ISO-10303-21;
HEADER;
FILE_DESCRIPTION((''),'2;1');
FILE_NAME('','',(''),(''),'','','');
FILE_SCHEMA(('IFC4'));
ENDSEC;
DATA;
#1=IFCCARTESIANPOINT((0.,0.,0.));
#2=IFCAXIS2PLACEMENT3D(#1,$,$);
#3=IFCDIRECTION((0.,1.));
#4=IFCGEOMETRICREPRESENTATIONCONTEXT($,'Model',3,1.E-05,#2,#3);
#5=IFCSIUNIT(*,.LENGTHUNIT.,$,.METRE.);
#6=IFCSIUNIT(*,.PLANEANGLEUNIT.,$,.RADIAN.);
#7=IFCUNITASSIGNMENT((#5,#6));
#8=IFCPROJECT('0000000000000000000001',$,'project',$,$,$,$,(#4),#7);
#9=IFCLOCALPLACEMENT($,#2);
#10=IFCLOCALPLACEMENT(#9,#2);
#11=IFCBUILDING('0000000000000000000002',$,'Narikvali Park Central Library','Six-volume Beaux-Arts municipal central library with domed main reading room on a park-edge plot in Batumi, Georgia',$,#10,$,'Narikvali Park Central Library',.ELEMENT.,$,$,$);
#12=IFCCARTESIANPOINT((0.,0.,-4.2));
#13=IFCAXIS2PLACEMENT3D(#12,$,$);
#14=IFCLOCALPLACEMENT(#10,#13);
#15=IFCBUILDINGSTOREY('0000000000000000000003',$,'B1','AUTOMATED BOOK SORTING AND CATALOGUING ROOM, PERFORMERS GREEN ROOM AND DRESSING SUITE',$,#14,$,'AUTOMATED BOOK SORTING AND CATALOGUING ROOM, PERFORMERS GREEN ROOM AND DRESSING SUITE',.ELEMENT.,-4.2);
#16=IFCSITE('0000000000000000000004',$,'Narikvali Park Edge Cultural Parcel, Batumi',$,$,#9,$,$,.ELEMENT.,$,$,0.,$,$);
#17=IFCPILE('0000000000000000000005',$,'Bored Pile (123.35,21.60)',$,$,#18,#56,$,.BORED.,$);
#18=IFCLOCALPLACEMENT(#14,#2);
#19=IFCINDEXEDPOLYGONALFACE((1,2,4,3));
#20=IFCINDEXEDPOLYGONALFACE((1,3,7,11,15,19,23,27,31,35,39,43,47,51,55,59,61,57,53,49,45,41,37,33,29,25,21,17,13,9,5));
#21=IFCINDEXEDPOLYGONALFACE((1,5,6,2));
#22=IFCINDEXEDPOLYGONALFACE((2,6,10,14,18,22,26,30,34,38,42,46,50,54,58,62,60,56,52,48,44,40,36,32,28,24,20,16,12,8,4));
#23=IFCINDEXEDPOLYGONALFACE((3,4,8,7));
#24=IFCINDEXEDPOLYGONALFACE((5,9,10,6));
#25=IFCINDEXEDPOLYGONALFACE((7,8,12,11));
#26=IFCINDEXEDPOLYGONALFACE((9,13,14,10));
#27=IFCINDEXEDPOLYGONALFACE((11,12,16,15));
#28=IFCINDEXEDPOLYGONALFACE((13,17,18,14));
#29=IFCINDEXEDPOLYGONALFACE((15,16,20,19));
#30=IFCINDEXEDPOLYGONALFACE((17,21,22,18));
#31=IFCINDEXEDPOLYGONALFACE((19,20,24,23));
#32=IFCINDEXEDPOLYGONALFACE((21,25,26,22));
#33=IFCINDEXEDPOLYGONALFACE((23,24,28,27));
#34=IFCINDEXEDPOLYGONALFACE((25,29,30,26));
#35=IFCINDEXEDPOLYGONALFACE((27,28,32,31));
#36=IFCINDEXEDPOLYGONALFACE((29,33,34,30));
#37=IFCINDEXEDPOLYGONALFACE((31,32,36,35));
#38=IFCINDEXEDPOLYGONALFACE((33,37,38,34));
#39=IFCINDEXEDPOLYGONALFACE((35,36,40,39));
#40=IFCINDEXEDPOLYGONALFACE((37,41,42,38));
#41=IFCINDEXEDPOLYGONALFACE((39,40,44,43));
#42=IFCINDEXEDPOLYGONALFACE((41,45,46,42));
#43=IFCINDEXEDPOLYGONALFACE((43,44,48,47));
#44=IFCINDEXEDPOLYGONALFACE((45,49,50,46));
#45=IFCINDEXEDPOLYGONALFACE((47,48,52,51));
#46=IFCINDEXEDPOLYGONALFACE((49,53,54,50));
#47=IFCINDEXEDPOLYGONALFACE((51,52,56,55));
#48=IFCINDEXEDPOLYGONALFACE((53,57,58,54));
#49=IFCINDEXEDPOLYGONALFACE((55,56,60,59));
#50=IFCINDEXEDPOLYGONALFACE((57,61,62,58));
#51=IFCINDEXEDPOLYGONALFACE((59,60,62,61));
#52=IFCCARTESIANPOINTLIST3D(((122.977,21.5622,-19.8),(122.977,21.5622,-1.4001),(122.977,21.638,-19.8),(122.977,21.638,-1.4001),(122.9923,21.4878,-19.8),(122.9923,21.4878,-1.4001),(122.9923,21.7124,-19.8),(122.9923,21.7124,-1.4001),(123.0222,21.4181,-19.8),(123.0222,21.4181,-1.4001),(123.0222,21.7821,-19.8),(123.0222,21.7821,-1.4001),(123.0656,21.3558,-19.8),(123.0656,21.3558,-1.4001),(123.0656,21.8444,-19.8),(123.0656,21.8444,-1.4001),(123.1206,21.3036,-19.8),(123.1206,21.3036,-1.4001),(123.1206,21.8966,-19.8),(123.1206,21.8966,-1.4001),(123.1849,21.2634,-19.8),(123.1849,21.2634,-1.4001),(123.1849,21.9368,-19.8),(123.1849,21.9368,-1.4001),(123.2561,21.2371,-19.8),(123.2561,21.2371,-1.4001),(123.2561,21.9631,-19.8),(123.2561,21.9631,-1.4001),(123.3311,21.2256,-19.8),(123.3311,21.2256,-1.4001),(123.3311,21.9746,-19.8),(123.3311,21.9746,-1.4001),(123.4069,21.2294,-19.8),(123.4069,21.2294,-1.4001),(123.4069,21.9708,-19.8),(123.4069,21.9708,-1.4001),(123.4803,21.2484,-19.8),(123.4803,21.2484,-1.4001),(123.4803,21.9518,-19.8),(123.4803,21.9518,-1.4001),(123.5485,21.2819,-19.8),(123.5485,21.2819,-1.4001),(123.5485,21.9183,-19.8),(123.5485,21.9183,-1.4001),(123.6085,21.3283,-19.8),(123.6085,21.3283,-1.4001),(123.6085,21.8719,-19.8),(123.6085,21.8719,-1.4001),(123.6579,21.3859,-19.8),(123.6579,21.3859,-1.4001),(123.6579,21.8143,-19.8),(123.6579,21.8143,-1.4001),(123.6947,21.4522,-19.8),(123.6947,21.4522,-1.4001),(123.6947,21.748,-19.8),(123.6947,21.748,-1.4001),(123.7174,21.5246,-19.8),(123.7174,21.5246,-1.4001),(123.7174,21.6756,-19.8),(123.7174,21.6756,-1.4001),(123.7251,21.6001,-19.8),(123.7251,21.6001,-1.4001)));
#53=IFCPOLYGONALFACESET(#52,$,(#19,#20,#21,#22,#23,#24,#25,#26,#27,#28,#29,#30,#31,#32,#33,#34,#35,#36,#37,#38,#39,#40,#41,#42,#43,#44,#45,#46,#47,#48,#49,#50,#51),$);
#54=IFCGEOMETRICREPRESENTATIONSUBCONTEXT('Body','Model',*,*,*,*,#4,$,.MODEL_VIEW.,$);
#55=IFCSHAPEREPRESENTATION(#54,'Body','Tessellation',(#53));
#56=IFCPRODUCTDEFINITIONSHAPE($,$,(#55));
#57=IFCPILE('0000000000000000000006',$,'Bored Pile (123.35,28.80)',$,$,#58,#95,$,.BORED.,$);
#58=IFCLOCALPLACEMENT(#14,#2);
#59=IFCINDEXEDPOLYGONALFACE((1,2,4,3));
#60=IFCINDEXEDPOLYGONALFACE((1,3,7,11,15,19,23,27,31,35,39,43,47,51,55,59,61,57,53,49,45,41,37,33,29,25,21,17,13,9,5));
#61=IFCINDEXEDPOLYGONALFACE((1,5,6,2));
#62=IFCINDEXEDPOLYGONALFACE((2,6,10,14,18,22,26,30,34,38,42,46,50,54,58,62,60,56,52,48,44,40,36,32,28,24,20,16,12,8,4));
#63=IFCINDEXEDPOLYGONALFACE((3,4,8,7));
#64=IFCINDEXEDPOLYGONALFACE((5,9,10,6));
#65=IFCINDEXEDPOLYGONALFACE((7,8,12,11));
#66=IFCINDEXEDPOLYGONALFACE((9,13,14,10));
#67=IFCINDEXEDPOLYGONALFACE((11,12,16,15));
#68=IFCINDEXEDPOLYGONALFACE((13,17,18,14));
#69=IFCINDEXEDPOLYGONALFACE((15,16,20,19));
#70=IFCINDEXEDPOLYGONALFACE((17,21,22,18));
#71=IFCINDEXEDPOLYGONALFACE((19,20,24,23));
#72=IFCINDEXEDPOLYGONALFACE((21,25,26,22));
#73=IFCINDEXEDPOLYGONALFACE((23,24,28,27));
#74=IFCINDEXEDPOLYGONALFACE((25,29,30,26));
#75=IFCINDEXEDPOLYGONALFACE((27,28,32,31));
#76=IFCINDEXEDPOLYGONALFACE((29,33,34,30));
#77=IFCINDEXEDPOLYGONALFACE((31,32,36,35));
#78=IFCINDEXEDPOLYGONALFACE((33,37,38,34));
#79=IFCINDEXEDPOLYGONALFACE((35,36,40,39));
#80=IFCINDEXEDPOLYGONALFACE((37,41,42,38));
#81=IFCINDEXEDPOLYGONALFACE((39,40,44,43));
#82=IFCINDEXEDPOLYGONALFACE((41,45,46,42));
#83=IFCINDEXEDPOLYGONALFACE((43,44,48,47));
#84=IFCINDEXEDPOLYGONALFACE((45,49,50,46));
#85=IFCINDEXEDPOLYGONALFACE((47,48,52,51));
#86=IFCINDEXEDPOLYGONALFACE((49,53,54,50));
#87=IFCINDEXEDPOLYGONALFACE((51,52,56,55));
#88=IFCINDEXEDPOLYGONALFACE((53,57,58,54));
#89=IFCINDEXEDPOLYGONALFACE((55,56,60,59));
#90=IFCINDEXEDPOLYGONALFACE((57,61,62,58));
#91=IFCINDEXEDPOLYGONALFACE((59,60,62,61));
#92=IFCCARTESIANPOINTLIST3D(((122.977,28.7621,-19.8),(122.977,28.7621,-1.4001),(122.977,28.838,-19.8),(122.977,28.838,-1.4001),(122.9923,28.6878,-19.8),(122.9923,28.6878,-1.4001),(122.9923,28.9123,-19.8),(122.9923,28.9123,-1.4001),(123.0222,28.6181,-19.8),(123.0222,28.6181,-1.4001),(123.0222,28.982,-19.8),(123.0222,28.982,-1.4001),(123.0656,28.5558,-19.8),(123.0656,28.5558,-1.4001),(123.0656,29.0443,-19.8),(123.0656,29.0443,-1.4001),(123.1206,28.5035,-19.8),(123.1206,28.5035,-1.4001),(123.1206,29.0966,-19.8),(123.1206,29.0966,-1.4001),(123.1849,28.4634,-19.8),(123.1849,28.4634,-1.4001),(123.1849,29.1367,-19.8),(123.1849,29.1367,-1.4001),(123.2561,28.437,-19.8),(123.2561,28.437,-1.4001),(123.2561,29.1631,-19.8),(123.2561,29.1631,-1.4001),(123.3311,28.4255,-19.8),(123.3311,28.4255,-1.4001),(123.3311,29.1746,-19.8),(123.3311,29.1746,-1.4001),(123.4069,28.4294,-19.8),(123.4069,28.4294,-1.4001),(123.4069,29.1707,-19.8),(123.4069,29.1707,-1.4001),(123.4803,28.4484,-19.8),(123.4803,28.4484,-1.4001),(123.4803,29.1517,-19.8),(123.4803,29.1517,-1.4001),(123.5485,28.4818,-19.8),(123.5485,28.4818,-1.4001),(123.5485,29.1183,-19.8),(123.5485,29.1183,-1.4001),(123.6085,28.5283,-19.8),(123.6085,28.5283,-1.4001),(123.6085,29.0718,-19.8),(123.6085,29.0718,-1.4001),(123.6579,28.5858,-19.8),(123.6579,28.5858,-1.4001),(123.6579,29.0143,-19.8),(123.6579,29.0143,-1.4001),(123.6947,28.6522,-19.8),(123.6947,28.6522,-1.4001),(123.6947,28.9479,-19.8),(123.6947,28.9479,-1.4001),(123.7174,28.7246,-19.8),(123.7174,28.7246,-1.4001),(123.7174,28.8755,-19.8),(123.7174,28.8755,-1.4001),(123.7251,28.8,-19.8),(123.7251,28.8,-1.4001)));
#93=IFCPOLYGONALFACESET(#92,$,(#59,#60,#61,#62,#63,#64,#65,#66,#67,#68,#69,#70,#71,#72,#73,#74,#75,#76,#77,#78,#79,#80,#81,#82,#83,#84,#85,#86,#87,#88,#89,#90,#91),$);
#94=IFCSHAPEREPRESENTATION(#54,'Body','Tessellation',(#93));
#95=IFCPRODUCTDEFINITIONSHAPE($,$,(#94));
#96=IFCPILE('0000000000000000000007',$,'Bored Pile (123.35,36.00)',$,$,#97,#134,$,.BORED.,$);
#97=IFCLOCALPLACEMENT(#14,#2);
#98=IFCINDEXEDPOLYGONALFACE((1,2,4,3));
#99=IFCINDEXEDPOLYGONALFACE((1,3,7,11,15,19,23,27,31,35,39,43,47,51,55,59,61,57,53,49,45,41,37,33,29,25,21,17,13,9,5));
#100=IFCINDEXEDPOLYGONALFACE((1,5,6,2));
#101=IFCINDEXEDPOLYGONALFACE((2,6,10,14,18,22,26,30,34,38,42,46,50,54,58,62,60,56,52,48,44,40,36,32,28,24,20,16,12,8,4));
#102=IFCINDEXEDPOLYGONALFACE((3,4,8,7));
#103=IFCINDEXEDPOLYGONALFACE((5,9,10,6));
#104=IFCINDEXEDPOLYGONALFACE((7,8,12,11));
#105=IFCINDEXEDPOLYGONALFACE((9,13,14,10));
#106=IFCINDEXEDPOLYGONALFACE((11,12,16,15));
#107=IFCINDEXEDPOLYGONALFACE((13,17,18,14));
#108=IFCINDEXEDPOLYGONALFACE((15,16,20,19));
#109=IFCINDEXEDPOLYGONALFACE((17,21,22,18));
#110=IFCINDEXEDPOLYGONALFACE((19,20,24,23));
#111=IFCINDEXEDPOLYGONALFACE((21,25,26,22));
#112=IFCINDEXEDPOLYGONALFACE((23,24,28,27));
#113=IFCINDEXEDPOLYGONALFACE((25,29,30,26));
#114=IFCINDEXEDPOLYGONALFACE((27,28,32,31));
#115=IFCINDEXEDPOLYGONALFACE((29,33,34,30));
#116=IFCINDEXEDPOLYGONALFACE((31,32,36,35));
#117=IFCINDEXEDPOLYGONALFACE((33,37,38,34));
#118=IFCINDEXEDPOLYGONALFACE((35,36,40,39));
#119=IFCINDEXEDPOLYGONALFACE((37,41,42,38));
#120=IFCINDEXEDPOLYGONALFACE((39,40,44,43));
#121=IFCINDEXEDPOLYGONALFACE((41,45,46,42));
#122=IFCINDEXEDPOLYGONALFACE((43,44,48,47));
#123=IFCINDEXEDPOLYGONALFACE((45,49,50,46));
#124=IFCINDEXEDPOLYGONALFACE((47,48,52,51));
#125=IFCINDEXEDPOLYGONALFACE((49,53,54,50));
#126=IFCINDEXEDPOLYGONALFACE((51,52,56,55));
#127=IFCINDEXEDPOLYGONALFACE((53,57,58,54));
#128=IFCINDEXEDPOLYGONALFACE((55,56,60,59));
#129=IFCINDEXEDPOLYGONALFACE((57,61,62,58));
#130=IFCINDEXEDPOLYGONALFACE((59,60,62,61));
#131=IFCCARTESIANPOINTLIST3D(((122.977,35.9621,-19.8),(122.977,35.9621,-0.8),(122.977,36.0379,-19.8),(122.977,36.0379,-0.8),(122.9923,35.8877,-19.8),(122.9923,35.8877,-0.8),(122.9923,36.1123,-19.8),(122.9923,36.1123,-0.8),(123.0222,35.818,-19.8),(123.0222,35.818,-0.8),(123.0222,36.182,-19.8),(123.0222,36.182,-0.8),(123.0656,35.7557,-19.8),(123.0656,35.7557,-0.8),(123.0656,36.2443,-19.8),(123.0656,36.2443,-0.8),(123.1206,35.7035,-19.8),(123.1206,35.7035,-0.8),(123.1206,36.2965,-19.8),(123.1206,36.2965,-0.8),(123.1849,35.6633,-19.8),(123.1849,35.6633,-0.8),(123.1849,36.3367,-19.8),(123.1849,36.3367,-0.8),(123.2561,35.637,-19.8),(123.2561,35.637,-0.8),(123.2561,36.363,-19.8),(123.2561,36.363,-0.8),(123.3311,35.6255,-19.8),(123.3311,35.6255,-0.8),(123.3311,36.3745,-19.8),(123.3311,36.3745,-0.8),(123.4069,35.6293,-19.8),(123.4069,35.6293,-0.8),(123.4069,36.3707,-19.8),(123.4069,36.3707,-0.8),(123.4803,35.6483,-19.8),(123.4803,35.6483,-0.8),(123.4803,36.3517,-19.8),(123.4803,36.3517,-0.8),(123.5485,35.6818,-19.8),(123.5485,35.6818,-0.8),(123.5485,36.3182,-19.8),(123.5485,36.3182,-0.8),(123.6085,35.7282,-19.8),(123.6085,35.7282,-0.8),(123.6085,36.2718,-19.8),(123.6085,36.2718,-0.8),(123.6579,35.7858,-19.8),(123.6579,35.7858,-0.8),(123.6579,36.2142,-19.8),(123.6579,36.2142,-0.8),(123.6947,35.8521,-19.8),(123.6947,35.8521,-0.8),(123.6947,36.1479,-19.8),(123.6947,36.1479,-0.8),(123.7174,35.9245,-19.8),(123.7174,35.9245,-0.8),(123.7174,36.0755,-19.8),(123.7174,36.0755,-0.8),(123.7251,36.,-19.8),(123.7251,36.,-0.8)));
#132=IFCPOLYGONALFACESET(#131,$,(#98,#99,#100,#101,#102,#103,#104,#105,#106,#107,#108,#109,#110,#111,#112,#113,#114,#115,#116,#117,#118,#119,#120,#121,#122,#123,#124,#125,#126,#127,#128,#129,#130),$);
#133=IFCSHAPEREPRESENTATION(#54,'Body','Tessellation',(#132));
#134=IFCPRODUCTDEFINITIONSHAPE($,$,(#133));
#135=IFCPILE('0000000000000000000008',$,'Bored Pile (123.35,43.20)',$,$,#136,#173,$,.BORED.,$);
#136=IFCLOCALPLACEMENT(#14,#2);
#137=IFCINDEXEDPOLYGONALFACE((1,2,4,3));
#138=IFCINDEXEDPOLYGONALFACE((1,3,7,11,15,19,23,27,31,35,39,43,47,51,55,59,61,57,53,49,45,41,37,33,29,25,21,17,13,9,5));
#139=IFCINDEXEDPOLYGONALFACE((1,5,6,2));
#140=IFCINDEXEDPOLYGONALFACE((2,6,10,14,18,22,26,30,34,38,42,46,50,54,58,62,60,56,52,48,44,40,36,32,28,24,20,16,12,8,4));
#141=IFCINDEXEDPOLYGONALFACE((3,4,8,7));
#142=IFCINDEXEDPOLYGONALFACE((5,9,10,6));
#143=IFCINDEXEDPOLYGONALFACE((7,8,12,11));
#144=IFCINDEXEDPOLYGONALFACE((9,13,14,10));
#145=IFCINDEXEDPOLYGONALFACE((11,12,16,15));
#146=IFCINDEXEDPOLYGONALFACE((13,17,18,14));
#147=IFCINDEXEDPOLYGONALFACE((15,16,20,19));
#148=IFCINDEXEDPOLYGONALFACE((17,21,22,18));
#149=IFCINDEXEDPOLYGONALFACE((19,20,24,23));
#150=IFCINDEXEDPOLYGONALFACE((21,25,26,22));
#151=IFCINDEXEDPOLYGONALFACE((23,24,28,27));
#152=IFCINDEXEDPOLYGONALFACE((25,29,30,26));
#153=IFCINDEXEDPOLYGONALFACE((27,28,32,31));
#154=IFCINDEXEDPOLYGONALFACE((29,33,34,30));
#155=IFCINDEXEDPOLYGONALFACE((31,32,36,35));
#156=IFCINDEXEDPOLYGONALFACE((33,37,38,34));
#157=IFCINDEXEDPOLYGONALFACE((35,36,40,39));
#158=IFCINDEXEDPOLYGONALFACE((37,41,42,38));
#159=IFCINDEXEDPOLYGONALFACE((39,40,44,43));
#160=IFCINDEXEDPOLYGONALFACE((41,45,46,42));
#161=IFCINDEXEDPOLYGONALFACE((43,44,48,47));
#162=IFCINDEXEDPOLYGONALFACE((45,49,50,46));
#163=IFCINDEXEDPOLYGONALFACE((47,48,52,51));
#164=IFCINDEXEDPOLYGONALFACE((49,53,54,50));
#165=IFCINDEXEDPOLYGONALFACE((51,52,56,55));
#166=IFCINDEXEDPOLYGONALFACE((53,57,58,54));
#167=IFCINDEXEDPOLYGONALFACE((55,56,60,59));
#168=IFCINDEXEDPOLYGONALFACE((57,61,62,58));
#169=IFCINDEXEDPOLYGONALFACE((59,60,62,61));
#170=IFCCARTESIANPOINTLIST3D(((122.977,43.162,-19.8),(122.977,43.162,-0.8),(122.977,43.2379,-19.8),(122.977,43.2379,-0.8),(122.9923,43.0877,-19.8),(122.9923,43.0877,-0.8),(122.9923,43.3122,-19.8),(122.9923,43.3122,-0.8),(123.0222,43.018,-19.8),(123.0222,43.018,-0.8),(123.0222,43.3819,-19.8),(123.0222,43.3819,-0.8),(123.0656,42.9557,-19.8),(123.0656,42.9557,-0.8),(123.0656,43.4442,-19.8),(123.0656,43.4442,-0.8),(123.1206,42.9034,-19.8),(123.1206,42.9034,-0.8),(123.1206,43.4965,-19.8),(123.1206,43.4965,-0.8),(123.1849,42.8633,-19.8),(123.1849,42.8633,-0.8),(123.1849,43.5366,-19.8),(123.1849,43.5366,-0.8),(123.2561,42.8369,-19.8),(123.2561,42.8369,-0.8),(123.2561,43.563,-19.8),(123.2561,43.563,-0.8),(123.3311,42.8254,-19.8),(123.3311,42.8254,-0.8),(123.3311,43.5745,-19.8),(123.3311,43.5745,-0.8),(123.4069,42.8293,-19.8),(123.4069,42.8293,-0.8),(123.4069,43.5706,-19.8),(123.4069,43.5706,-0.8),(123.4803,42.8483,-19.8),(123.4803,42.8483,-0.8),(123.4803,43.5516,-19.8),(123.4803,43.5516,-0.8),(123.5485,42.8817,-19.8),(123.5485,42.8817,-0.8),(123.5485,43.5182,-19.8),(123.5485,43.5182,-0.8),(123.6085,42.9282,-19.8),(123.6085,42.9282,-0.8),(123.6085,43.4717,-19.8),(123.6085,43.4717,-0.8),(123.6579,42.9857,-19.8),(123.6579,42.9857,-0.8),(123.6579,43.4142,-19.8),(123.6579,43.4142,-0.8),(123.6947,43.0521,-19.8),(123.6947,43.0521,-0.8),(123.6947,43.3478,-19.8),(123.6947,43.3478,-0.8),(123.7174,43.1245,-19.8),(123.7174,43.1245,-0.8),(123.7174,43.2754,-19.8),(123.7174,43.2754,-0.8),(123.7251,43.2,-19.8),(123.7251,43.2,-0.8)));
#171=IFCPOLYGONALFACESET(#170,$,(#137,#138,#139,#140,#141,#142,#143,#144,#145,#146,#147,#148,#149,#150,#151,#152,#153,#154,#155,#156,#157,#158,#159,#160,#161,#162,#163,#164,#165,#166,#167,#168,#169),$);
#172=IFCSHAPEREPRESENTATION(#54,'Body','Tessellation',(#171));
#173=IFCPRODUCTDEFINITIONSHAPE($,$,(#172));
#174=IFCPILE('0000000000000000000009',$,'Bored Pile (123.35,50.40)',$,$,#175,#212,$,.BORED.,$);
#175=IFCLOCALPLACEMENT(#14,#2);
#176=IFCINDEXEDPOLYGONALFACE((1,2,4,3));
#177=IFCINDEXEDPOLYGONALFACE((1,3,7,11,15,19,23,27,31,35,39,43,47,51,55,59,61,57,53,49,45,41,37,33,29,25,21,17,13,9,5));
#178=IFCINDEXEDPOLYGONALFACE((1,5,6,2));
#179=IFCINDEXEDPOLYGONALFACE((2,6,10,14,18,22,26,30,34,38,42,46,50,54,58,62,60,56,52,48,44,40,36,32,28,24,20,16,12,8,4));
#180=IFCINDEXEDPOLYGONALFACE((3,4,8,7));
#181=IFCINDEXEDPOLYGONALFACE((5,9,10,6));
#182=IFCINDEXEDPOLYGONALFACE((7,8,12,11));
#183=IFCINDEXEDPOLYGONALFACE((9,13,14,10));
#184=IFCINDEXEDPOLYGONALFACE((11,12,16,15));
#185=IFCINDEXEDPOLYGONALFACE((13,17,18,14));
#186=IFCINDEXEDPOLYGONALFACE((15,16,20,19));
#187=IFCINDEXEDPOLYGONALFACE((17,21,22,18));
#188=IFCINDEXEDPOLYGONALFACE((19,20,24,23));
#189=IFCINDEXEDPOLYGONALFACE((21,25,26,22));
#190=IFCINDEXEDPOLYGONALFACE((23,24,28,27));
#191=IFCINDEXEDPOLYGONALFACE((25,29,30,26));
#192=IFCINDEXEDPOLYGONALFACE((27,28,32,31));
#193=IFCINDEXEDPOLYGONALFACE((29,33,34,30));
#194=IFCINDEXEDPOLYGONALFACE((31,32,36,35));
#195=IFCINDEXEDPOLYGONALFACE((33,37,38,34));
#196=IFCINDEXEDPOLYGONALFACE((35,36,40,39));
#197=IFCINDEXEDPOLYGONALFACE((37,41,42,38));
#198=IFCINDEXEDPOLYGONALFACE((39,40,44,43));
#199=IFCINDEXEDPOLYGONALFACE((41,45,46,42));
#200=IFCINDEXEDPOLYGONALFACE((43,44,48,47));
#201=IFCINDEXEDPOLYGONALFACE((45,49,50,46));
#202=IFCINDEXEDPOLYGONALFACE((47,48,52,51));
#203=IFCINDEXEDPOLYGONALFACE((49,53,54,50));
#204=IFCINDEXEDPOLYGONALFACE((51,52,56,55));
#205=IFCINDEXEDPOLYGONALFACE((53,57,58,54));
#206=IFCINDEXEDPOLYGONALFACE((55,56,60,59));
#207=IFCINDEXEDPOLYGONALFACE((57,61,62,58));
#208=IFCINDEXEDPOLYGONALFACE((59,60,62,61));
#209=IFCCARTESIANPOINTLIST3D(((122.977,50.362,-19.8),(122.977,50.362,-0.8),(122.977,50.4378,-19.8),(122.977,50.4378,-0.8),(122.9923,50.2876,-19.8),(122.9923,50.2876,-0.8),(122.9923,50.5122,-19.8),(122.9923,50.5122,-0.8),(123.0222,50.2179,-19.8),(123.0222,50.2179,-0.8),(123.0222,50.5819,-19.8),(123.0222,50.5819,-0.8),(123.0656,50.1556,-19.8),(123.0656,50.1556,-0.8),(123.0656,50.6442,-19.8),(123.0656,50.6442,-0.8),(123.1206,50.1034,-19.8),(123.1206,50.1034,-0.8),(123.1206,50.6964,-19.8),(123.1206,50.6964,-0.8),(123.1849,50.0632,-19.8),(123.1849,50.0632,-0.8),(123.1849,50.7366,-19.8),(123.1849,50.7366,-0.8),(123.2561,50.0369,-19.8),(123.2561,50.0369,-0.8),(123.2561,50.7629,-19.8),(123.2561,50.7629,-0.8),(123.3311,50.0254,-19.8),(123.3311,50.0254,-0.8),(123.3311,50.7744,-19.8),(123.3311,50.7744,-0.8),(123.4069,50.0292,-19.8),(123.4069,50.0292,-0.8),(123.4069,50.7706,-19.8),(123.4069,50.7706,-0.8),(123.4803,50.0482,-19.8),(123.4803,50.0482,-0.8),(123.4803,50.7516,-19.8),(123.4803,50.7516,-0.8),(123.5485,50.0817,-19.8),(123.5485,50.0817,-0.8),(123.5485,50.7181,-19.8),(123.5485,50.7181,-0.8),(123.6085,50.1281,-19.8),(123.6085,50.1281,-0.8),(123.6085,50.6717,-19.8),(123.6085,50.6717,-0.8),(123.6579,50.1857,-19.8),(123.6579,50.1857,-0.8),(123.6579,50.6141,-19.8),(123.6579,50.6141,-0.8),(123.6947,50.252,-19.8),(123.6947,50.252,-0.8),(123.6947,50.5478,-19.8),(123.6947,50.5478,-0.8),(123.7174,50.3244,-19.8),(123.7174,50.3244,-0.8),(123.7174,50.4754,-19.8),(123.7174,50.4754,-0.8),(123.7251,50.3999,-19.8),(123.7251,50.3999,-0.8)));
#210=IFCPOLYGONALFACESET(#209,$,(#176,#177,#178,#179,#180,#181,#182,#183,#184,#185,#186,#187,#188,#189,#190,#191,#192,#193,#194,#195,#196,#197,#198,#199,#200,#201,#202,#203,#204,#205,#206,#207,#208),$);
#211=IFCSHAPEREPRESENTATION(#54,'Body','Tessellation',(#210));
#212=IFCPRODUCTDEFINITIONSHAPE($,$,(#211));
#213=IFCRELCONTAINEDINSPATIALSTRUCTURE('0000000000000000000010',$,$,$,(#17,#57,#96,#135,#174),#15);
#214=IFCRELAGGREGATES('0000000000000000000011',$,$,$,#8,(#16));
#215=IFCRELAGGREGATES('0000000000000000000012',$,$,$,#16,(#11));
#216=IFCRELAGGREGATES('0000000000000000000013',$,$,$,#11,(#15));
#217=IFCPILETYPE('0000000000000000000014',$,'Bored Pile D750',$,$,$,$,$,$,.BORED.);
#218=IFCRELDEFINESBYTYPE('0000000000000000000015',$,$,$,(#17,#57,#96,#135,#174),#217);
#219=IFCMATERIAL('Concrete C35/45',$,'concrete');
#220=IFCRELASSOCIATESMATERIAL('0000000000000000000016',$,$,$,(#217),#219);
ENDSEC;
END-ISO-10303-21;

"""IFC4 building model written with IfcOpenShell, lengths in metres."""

from ifc_helpers import new_model, si_unit, direction, frame, origin, origin_2d, place, context, subcontext, project, spatial, circle, extrude, material, material_profile, profile_set, type_object, element, save


model = new_model("IFC4")

# Units and contexts
model_context = context("Model", 3, precision=1e-05, world=origin(), true_north=direction((0.0, 1.0)))
body_context = subcontext(model_context, "Body", "Model", "MODEL_VIEW")
ifc_project = project(units=[si_unit("LENGTHUNIT", "METRE"), si_unit("PLANEANGLEUNIT", "RADIAN")], contexts=[model_context])

# Site, building, storey
site_placement = place(None, origin())
site = spatial("IfcSite", under=ifc_project, at=site_placement, Name="Narikvali Park Edge Cultural Parcel, Batumi", CompositionType="ELEMENT", RefElevation=0.0)
building_placement = place(site_placement, origin())
building = spatial("IfcBuilding", under=site, at=building_placement, Name="Narikvali Park Central Library", Description="Six-volume Beaux-Arts municipal central library with domed main reading room on a park-edge plot in Batumi, Georgia", LongName="Narikvali Park Central Library", CompositionType="ELEMENT")
storey_placement = place(building_placement, frame((0.0, 0.0, -4.2)))
storey = spatial("IfcBuildingStorey", under=building, at=storey_placement, Name="B1", Description="AUTOMATED BOOK SORTING AND CATALOGUING ROOM, PERFORMERS GREEN ROOM AND DRESSING SUITE", LongName="AUTOMATED BOOK SORTING AND CATALOGUING ROOM, PERFORMERS GREEN ROOM AND DRESSING SUITE", CompositionType="ELEMENT", Elevation=-4.2)

# Piles
ifc_material_1 = material(Name="Concrete C35/45", Category="concrete")
ifc_material_profile_1 = material_profile(ifc_material_1, circle(Radius=0.375, at=origin_2d()), Name="PILE D750")
ifc_profile_set_1 = profile_set([ifc_material_profile_1], Name="Concrete C35/45")
pile_type = type_object("IfcPileType", Name="Bored Pile D750", PredefinedType="BORED", material=ifc_profile_set_1)
for number, where, z_axis, x_axis, name in (
    (1, (123.3501, 21.6001, -1.4001), (0.0, 0.0, -1.0), (1.0, 0.0, 0.0), "Bored Pile (123.35,21.60)"),
    (2, (123.3501, 28.8, -1.4001), (0.0, 0.0, -1.0), (1.0, 0.0, 0.0), "Bored Pile (123.35,28.80)"),
):
    element("IfcPile", number, at=place(storey_placement, frame(where, z_axis=z_axis, x_axis=x_axis)), inside=storey, type_object=pile_type, Name=name, PredefinedType="BORED", context=body_context, shape_type="SweptSolid", body=[
        extrude(circle(Radius=0.375, at=origin_2d()), origin(), (0.0, 0.0, 1.0), 18.3999),
    ])
for number, where, z_axis, x_axis, name in (
    (3, (123.3501, 36.0, -0.8), (0.0, 0.0, -1.0), (1.0, 0.0, 0.0), "Bored Pile (123.35,36.00)"),
    (4, (123.3501, 43.2, -0.8), (0.0, 0.0, -1.0), (1.0, 0.0, 0.0), "Bored Pile (123.35,43.20)"),
    (5, (123.3501, 50.3999, -0.8), (0.0, 0.0, -1.0), (1.0, 0.0, 0.0), "Bored Pile (123.35,50.40)"),
):
    element("IfcPile", number, at=place(storey_placement, frame(where, z_axis=z_axis, x_axis=x_axis)), inside=storey, type_object=pile_type, Name=name, PredefinedType="BORED", context=body_context, shape_type="SweptSolid", body=[
        extrude(circle(Radius=0.375, at=origin_2d()), origin(), (0.0, 0.0, 1.0), 19.0),
    ])

save(model, "model.ifc")
